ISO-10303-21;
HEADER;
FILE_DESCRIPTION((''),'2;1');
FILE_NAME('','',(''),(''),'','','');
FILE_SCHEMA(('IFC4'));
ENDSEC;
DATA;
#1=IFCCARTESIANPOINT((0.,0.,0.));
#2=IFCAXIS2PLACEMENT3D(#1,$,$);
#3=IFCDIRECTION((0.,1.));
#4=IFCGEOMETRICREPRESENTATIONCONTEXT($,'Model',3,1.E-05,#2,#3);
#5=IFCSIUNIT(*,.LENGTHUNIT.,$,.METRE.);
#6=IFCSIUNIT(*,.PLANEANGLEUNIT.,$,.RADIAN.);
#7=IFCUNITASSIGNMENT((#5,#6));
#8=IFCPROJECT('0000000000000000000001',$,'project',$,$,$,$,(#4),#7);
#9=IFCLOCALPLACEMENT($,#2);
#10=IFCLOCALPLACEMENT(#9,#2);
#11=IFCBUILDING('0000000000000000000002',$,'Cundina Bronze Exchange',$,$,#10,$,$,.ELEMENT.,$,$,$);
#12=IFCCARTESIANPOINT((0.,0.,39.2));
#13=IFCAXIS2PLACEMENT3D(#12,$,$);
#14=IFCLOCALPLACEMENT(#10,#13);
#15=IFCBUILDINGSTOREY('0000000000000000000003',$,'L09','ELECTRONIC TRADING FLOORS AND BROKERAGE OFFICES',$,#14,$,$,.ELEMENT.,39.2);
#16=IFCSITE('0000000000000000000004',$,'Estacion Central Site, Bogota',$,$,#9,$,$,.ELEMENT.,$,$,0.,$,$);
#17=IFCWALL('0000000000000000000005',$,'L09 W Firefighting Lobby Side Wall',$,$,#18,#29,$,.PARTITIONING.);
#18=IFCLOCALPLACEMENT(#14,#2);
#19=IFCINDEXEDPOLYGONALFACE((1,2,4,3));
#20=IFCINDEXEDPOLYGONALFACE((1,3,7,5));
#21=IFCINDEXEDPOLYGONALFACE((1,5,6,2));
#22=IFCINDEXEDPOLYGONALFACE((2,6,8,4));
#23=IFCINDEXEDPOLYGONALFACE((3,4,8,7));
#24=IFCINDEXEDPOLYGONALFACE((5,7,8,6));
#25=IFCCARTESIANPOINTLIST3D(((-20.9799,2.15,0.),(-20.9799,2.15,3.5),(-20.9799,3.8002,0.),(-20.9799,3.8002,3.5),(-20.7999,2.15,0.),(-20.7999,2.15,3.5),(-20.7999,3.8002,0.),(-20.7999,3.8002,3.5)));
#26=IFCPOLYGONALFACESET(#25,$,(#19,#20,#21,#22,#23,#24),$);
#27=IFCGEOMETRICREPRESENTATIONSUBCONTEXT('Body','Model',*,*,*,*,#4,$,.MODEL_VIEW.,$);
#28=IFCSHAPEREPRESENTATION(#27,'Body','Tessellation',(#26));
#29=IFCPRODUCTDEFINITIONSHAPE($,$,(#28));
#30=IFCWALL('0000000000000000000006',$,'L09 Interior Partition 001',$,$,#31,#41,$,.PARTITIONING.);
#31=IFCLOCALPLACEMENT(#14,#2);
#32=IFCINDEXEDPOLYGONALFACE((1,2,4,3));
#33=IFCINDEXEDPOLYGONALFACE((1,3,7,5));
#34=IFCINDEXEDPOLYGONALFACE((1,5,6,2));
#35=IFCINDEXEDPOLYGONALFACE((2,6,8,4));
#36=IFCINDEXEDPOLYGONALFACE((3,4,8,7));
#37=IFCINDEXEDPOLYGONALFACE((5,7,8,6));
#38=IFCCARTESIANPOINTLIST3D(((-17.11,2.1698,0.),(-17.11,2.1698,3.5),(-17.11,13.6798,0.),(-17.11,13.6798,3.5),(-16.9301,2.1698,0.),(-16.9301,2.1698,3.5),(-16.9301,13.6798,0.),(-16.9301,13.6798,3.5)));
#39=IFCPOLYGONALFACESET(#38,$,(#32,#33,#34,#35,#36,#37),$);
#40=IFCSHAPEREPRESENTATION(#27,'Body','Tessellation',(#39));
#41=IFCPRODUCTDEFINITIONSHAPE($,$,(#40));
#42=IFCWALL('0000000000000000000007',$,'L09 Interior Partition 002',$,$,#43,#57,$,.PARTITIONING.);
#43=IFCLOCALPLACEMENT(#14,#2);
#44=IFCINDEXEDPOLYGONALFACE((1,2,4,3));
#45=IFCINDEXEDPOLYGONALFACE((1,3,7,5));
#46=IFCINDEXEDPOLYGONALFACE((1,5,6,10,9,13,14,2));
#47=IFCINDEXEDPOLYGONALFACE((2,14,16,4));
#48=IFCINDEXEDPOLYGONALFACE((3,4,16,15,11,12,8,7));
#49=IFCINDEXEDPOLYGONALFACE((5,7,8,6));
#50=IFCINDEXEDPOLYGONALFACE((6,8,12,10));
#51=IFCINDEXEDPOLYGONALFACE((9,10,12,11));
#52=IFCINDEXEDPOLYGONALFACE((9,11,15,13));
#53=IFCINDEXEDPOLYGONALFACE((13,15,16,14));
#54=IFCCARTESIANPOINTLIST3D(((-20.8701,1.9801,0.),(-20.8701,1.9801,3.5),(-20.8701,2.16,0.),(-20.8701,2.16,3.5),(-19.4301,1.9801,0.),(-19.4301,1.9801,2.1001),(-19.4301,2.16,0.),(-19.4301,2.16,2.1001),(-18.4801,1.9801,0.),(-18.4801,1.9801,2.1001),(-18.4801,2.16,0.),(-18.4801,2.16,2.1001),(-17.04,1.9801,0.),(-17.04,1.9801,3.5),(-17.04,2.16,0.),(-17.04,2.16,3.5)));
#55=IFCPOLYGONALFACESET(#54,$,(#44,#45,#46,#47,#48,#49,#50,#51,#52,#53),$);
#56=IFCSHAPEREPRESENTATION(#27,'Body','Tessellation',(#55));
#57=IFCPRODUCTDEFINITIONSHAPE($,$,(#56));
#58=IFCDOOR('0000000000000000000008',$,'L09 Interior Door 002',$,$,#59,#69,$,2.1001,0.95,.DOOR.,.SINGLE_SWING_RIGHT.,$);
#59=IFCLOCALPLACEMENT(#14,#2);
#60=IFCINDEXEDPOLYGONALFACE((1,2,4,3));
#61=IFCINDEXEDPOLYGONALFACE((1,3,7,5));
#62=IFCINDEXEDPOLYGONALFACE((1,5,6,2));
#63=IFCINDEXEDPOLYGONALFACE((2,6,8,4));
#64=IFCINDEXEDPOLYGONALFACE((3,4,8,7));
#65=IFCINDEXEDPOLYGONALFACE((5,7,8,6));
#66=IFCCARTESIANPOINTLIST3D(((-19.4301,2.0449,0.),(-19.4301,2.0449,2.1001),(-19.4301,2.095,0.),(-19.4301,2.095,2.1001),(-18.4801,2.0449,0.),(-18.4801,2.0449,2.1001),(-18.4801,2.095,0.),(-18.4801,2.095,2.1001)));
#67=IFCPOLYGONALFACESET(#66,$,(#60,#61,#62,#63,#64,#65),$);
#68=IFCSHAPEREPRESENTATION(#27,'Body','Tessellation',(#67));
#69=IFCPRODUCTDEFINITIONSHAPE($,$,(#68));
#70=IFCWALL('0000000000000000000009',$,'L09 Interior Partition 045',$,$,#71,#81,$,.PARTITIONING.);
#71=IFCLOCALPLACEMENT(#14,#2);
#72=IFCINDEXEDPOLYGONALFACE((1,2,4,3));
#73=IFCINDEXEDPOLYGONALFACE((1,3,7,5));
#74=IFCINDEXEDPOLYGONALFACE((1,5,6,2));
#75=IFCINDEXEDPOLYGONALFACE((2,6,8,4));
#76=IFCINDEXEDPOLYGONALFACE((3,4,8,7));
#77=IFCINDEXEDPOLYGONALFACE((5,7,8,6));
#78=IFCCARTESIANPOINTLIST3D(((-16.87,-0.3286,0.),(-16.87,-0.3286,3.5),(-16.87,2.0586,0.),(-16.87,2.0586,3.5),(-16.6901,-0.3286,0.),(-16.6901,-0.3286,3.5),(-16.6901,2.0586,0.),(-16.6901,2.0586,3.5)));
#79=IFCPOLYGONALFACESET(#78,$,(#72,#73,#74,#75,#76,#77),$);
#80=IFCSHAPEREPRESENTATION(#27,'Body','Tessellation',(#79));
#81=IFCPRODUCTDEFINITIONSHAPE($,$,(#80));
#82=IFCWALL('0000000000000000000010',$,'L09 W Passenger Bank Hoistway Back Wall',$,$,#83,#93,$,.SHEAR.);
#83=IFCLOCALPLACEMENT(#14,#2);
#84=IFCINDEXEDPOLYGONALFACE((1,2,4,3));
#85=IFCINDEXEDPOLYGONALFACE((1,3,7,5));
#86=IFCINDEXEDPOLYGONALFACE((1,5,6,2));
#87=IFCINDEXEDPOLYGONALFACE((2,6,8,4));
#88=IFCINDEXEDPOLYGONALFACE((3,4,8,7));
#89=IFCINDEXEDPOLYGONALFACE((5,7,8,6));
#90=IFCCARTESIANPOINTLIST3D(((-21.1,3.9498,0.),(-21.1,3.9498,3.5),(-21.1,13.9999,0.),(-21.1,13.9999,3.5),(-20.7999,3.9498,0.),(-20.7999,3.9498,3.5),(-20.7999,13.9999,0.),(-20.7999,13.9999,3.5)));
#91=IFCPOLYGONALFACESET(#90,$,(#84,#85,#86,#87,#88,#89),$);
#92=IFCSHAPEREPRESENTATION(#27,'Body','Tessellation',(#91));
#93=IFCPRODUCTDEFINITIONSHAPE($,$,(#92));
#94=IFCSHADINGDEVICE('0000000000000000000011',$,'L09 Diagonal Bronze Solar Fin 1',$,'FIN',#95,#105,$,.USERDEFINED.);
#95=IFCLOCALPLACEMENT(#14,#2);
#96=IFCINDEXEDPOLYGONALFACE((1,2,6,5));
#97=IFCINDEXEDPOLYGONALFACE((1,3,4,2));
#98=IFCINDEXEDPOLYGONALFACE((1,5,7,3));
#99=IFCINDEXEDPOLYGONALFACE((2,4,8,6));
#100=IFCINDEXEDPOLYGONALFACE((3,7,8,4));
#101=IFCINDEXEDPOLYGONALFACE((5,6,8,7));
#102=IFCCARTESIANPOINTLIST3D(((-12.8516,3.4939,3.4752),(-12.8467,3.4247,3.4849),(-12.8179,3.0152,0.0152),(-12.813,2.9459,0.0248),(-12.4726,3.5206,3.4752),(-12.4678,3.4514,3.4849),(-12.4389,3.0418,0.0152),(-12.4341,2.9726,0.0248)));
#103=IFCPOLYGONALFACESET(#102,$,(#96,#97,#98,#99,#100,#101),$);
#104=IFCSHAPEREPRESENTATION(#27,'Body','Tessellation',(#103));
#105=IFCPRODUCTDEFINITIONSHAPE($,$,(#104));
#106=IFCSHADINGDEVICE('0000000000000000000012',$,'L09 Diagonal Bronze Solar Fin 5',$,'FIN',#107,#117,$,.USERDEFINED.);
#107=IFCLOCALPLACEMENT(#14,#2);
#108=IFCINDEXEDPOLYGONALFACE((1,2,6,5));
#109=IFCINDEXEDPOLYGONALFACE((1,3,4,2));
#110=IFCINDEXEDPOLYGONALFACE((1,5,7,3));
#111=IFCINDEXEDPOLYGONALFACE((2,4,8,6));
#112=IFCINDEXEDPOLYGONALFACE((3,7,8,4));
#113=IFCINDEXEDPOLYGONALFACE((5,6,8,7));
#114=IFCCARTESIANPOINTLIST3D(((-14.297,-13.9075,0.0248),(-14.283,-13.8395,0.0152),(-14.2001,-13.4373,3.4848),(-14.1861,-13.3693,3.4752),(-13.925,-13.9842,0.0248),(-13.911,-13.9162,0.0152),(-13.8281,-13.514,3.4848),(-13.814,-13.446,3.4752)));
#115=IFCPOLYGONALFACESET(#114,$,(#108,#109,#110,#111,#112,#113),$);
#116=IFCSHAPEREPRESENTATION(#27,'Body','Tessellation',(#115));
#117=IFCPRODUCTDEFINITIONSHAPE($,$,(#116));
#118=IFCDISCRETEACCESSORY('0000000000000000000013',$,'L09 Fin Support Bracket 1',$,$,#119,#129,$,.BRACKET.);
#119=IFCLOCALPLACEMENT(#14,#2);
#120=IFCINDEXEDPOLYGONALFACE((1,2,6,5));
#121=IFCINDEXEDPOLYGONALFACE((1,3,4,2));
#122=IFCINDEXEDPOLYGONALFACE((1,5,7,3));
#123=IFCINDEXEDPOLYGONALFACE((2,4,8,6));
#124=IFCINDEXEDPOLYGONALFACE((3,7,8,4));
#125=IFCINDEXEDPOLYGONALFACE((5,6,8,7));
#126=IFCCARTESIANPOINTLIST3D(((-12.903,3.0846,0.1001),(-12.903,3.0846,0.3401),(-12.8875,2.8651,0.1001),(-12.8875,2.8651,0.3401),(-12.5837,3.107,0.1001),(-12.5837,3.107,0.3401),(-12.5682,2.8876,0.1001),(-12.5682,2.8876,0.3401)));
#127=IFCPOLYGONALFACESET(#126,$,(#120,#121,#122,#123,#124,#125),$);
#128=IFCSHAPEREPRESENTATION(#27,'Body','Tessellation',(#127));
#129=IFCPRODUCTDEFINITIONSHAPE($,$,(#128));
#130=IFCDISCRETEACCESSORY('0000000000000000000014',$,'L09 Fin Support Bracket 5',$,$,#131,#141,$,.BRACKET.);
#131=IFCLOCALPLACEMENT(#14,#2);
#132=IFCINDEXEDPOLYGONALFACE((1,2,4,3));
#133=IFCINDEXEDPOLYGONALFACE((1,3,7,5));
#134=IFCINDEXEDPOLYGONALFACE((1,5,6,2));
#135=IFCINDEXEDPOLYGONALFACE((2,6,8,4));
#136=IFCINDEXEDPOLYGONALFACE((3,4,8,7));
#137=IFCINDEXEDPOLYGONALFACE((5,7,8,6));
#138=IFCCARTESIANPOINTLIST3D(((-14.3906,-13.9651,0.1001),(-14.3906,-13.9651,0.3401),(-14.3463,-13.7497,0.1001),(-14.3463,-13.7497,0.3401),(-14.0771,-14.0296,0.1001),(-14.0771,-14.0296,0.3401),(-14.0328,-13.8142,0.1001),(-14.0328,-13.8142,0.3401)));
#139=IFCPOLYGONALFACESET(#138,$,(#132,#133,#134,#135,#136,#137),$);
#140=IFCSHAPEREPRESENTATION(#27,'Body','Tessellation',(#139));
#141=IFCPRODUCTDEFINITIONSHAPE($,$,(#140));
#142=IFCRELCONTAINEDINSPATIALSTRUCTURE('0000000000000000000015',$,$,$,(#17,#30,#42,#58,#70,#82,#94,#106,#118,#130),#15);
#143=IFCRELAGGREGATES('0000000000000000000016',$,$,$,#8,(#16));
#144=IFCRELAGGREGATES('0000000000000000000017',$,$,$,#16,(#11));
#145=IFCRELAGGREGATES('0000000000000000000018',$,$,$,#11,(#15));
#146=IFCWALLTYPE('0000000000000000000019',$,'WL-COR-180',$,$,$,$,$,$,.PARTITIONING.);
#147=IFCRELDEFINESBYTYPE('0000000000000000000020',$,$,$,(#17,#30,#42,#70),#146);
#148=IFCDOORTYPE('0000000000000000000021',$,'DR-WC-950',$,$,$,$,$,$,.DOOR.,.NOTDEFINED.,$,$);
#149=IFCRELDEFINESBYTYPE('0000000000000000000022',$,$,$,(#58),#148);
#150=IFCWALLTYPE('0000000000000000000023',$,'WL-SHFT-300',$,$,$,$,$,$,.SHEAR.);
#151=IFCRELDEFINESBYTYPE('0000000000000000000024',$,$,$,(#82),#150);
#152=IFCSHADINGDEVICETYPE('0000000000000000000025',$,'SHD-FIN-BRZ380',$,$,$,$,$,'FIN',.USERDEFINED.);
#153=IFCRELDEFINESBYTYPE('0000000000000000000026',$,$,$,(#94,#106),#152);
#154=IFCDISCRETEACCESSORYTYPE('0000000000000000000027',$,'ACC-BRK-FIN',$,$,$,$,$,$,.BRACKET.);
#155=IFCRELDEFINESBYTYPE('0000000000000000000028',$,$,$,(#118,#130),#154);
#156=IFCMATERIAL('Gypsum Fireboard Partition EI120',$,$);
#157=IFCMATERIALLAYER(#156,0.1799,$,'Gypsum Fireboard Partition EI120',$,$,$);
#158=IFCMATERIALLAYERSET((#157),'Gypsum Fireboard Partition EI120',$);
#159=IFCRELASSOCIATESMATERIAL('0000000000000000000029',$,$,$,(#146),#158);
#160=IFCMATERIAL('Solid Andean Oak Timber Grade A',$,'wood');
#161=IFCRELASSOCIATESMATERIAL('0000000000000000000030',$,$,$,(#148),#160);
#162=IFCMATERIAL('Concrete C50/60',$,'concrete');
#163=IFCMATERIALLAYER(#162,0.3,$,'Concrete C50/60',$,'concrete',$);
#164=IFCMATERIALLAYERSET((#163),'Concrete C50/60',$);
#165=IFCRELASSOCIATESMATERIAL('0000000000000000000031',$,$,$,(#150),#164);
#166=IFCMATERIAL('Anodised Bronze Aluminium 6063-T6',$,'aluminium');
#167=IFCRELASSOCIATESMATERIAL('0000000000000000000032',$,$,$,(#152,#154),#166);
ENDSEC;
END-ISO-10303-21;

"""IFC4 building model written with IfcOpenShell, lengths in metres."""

from ifc_helpers import new_model, si_unit, direction, frame, frame_2d, origin, origin_2d, place, context, subcontext, project, spatial, rectangle, extrude, material, layer, layer_set, material_profile, profile_set, type_object, element, fill, save


model = new_model("IFC4")

# Units and contexts
model_context = context("Model", 3, precision=1e-05, world=origin(), true_north=direction((0.0, 1.0)))
body_context = subcontext(model_context, "Body", "Model", "MODEL_VIEW")
ifc_project = project(units=[si_unit("LENGTHUNIT", "METRE"), si_unit("PLANEANGLEUNIT", "RADIAN")], contexts=[model_context])

# Site, building, storey
site_placement = place(None, origin())
site = spatial("IfcSite", under=ifc_project, at=site_placement, Name="Estacion Central Site, Bogota", CompositionType="ELEMENT", RefElevation=0.0)
building_placement = place(site_placement, origin())
building = spatial("IfcBuilding", under=site, at=building_placement, Name="Cundina Bronze Exchange", CompositionType="ELEMENT")
storey_placement = place(building_placement, frame((0.0, 0.0, 39.2)))
storey = spatial("IfcBuildingStorey", under=building, at=storey_placement, Name="L09", Description="ELECTRONIC TRADING FLOORS AND BROKERAGE OFFICES", CompositionType="ELEMENT", Elevation=39.2)

# Shared definitions
ifc_material_1 = material(Name="Anodised Bronze Aluminium 6063-T6", Category="aluminium")

# Shared definitions
ifc_material_2 = material(Name="Concrete C50/60", Category="concrete")

# Walls
ifc_material_3 = material(Name="Gypsum Fireboard Partition EI120")
ifc_layer_1 = layer(ifc_material_3, 0.1799, Name="Gypsum Fireboard Partition EI120")
ifc_layer_set_1 = layer_set([ifc_layer_1], Name="Gypsum Fireboard Partition EI120")
wall_type_1 = type_object("IfcWallType", Name="WL-COR-180", PredefinedType="PARTITIONING", material=ifc_layer_set_1)
wall_1_placement = place(storey_placement, frame((-20.8899, 2.1499, 0.0), z_axis=(0.0, 0.0, 1.0), x_axis=(0.0, 1.0, 0.0)))
element("IfcWall", 1, at=wall_1_placement, inside=storey, type_object=wall_type_1, Name="L09 W Firefighting Lobby Side Wall", PredefinedType="PARTITIONING", context=body_context, shape_type="SweptSolid", body=[
    extrude(rectangle(XDim=1.6501, YDim=0.1799, at=frame_2d((0.8252, 0.0))), origin(), (0.0, 0.0, 1.0), 3.5),
])
wall_2_placement = place(storey_placement, frame((-17.02, 2.1699, 0.0), z_axis=(0.0, 0.0, 1.0), x_axis=(0.0, 1.0, 0.0)))
element("IfcWall", 2, at=wall_2_placement, inside=storey, type_object=wall_type_1, Name="L09 Interior Partition 001", PredefinedType="PARTITIONING", context=body_context, shape_type="SweptSolid", body=[
    extrude(rectangle(XDim=11.51, YDim=0.1799, at=frame_2d((5.7549, 0.0))), origin(), (0.0, 0.0, 1.0), 3.5),
])

# Wall, opening, door
wall_3_placement = place(storey_placement, frame((-20.8701, 2.0701, 0.0), z_axis=(0.0, 0.0, 1.0), x_axis=(1.0, 0.0, 0.0)))
wall_3 = element("IfcWall", 3, at=wall_3_placement, inside=storey, type_object=wall_type_1, Name="L09 Interior Partition 002", PredefinedType="PARTITIONING", context=body_context, shape_type="SweptSolid", body=[
    extrude(rectangle(XDim=3.8301, YDim=0.1799, at=frame_2d((1.915, 0.0))), origin(), (0.0, 0.0, 1.0), 3.5),
])
opening_placement = place(wall_3_placement, frame((1.4399, 0.0, 0.0)))
opening = element("IfcOpeningElement", 4, at=opening_placement, cuts=wall_3, PredefinedType="OPENING", context=body_context, shape_type="SweptSolid", body=[
    extrude(rectangle(XDim=0.95, YDim=2.1001, at=frame_2d((0.4751, 1.05))), frame((0.0, 0.0999, 0.0), z_axis=(0.0, -1.0, 0.0), x_axis=(1.0, 0.0, 0.0)), (0.0, 0.0, 1.0), 0.2),
])
ifc_material_4 = material(Name="Solid Andean Oak Timber Grade A", Category="wood")
door_type = type_object("IfcDoorType", Name="DR-WC-950", OperationType="NOTDEFINED", PredefinedType="DOOR", material=ifc_material_4)
door_placement = place(opening_placement, origin())
door = element("IfcDoor", 5, at=door_placement, inside=storey, type_object=door_type, Name="L09 Interior Door 002", OperationType="SINGLE_SWING_RIGHT", OverallHeight=2.1001, OverallWidth=0.95, PredefinedType="DOOR", context=body_context, shape_type="SweptSolid", body=[
    extrude(rectangle(XDim=0.95, YDim=2.1001, at=frame_2d((0.4751, 1.05))), frame((0.0, 0.0249, 0.0), z_axis=(0.0, -1.0, 0.0), x_axis=(1.0, 0.0, 0.0)), (0.0, 0.0, 1.0), 0.05),
])
fill(opening, door)

# Walls
wall_4_placement = place(storey_placement, frame((-16.78, -0.3286, 0.0), z_axis=(0.0, 0.0, 1.0), x_axis=(0.0, 1.0, 0.0)))
element("IfcWall", 6, at=wall_4_placement, inside=storey, type_object=wall_type_1, Name="L09 Interior Partition 045", PredefinedType="PARTITIONING", context=body_context, shape_type="SweptSolid", body=[
    extrude(rectangle(XDim=2.3872, YDim=0.1799, at=frame_2d((1.1936, 0.0))), origin(), (0.0, 0.0, 1.0), 3.5),
])
ifc_layer_2 = layer(ifc_material_2, 0.3, Name="Concrete C50/60", Category="concrete")
ifc_layer_set_2 = layer_set([ifc_layer_2], Name="Concrete C50/60")
wall_type_2 = type_object("IfcWallType", Name="WL-SHFT-300", PredefinedType="SHEAR", material=ifc_layer_set_2)
wall_5_placement = place(storey_placement, frame((-20.95, 3.95, 0.0), z_axis=(0.0, 0.0, 1.0), x_axis=(0.0, 1.0, 0.0)))
element("IfcWall", 7, at=wall_5_placement, inside=storey, type_object=wall_type_2, Name="L09 W Passenger Bank Hoistway Back Wall", PredefinedType="SHEAR", context=body_context, shape_type="SweptSolid", body=[
    extrude(rectangle(XDim=10.05, YDim=0.3, at=frame_2d((5.0249, 0.0))), origin(), (0.0, 0.0, 1.0), 3.5),
])

# Shading devices
ifc_material_profile_1 = material_profile(ifc_material_1, rectangle(XDim=0.0701, YDim=0.3799, at=origin_2d()), Name="FIN70X380", Category="aluminium")
ifc_profile_set_1 = profile_set([ifc_material_profile_1], Name="Anodised Bronze Aluminium 6063-T6")
shading_device_type = type_object("IfcShadingDeviceType", Name="SHD-FIN-BRZ380", ElementType="FIN", PredefinedType="USERDEFINED", material=ifc_profile_set_1)
for number, where, z_axis, x_axis, name in (
    (8, (-12.626, 2.9939, 0.02), (-0.009645, 0.137059, 0.990516), (0.069533, -0.988072, 0.137398), "L09 Diagonal Bronze Solar Fin 1"),
    (9, (-14.104, -13.9119, 0.02), (0.027747, 0.134612, 0.99051), (-0.199967, -0.970115, 0.137442), "L09 Diagonal Bronze Solar Fin 5"),
):
    element("IfcShadingDevice", number, at=place(storey_placement, frame(where, z_axis=z_axis, x_axis=x_axis)), inside=storey, type_object=shading_device_type, Name=name, ObjectType="FIN", PredefinedType="USERDEFINED", context=body_context, shape_type="SweptSolid", body=[
        extrude(rectangle(XDim=0.0701, YDim=0.3799, at=origin_2d()), origin(), (0.0, 0.0, 1.0), 3.4932),
    ])

# Discrete accessories
discrete_accessory_type = type_object("IfcDiscreteAccessoryType", Name="ACC-BRK-FIN", PredefinedType="BRACKET", material=ifc_material_1)
for number, where, z_axis, x_axis, name in (
    (10, (-12.7356, 2.9861, 0.1001), (0.0, 0.0, 1.0), (-0.070279, 0.997527, 0.0), "L09 Fin Support Bracket 1"),
    (11, (-14.2117, -13.8896, 0.1001), (0.0, 0.0, 1.0), (0.20142, 0.979505, 0.0), "L09 Fin Support Bracket 5"),
):
    element("IfcDiscreteAccessory", number, at=place(storey_placement, frame(where, z_axis=z_axis, x_axis=x_axis)), inside=storey, type_object=discrete_accessory_type, Name=name, PredefinedType="BRACKET", context=body_context, shape_type="SweptSolid", body=[
        extrude(rectangle(XDim=0.22, YDim=0.3201, at=origin_2d()), origin(), (0.0, 0.0, 1.0), 0.24),
    ])

save(model, "model.ifc")
